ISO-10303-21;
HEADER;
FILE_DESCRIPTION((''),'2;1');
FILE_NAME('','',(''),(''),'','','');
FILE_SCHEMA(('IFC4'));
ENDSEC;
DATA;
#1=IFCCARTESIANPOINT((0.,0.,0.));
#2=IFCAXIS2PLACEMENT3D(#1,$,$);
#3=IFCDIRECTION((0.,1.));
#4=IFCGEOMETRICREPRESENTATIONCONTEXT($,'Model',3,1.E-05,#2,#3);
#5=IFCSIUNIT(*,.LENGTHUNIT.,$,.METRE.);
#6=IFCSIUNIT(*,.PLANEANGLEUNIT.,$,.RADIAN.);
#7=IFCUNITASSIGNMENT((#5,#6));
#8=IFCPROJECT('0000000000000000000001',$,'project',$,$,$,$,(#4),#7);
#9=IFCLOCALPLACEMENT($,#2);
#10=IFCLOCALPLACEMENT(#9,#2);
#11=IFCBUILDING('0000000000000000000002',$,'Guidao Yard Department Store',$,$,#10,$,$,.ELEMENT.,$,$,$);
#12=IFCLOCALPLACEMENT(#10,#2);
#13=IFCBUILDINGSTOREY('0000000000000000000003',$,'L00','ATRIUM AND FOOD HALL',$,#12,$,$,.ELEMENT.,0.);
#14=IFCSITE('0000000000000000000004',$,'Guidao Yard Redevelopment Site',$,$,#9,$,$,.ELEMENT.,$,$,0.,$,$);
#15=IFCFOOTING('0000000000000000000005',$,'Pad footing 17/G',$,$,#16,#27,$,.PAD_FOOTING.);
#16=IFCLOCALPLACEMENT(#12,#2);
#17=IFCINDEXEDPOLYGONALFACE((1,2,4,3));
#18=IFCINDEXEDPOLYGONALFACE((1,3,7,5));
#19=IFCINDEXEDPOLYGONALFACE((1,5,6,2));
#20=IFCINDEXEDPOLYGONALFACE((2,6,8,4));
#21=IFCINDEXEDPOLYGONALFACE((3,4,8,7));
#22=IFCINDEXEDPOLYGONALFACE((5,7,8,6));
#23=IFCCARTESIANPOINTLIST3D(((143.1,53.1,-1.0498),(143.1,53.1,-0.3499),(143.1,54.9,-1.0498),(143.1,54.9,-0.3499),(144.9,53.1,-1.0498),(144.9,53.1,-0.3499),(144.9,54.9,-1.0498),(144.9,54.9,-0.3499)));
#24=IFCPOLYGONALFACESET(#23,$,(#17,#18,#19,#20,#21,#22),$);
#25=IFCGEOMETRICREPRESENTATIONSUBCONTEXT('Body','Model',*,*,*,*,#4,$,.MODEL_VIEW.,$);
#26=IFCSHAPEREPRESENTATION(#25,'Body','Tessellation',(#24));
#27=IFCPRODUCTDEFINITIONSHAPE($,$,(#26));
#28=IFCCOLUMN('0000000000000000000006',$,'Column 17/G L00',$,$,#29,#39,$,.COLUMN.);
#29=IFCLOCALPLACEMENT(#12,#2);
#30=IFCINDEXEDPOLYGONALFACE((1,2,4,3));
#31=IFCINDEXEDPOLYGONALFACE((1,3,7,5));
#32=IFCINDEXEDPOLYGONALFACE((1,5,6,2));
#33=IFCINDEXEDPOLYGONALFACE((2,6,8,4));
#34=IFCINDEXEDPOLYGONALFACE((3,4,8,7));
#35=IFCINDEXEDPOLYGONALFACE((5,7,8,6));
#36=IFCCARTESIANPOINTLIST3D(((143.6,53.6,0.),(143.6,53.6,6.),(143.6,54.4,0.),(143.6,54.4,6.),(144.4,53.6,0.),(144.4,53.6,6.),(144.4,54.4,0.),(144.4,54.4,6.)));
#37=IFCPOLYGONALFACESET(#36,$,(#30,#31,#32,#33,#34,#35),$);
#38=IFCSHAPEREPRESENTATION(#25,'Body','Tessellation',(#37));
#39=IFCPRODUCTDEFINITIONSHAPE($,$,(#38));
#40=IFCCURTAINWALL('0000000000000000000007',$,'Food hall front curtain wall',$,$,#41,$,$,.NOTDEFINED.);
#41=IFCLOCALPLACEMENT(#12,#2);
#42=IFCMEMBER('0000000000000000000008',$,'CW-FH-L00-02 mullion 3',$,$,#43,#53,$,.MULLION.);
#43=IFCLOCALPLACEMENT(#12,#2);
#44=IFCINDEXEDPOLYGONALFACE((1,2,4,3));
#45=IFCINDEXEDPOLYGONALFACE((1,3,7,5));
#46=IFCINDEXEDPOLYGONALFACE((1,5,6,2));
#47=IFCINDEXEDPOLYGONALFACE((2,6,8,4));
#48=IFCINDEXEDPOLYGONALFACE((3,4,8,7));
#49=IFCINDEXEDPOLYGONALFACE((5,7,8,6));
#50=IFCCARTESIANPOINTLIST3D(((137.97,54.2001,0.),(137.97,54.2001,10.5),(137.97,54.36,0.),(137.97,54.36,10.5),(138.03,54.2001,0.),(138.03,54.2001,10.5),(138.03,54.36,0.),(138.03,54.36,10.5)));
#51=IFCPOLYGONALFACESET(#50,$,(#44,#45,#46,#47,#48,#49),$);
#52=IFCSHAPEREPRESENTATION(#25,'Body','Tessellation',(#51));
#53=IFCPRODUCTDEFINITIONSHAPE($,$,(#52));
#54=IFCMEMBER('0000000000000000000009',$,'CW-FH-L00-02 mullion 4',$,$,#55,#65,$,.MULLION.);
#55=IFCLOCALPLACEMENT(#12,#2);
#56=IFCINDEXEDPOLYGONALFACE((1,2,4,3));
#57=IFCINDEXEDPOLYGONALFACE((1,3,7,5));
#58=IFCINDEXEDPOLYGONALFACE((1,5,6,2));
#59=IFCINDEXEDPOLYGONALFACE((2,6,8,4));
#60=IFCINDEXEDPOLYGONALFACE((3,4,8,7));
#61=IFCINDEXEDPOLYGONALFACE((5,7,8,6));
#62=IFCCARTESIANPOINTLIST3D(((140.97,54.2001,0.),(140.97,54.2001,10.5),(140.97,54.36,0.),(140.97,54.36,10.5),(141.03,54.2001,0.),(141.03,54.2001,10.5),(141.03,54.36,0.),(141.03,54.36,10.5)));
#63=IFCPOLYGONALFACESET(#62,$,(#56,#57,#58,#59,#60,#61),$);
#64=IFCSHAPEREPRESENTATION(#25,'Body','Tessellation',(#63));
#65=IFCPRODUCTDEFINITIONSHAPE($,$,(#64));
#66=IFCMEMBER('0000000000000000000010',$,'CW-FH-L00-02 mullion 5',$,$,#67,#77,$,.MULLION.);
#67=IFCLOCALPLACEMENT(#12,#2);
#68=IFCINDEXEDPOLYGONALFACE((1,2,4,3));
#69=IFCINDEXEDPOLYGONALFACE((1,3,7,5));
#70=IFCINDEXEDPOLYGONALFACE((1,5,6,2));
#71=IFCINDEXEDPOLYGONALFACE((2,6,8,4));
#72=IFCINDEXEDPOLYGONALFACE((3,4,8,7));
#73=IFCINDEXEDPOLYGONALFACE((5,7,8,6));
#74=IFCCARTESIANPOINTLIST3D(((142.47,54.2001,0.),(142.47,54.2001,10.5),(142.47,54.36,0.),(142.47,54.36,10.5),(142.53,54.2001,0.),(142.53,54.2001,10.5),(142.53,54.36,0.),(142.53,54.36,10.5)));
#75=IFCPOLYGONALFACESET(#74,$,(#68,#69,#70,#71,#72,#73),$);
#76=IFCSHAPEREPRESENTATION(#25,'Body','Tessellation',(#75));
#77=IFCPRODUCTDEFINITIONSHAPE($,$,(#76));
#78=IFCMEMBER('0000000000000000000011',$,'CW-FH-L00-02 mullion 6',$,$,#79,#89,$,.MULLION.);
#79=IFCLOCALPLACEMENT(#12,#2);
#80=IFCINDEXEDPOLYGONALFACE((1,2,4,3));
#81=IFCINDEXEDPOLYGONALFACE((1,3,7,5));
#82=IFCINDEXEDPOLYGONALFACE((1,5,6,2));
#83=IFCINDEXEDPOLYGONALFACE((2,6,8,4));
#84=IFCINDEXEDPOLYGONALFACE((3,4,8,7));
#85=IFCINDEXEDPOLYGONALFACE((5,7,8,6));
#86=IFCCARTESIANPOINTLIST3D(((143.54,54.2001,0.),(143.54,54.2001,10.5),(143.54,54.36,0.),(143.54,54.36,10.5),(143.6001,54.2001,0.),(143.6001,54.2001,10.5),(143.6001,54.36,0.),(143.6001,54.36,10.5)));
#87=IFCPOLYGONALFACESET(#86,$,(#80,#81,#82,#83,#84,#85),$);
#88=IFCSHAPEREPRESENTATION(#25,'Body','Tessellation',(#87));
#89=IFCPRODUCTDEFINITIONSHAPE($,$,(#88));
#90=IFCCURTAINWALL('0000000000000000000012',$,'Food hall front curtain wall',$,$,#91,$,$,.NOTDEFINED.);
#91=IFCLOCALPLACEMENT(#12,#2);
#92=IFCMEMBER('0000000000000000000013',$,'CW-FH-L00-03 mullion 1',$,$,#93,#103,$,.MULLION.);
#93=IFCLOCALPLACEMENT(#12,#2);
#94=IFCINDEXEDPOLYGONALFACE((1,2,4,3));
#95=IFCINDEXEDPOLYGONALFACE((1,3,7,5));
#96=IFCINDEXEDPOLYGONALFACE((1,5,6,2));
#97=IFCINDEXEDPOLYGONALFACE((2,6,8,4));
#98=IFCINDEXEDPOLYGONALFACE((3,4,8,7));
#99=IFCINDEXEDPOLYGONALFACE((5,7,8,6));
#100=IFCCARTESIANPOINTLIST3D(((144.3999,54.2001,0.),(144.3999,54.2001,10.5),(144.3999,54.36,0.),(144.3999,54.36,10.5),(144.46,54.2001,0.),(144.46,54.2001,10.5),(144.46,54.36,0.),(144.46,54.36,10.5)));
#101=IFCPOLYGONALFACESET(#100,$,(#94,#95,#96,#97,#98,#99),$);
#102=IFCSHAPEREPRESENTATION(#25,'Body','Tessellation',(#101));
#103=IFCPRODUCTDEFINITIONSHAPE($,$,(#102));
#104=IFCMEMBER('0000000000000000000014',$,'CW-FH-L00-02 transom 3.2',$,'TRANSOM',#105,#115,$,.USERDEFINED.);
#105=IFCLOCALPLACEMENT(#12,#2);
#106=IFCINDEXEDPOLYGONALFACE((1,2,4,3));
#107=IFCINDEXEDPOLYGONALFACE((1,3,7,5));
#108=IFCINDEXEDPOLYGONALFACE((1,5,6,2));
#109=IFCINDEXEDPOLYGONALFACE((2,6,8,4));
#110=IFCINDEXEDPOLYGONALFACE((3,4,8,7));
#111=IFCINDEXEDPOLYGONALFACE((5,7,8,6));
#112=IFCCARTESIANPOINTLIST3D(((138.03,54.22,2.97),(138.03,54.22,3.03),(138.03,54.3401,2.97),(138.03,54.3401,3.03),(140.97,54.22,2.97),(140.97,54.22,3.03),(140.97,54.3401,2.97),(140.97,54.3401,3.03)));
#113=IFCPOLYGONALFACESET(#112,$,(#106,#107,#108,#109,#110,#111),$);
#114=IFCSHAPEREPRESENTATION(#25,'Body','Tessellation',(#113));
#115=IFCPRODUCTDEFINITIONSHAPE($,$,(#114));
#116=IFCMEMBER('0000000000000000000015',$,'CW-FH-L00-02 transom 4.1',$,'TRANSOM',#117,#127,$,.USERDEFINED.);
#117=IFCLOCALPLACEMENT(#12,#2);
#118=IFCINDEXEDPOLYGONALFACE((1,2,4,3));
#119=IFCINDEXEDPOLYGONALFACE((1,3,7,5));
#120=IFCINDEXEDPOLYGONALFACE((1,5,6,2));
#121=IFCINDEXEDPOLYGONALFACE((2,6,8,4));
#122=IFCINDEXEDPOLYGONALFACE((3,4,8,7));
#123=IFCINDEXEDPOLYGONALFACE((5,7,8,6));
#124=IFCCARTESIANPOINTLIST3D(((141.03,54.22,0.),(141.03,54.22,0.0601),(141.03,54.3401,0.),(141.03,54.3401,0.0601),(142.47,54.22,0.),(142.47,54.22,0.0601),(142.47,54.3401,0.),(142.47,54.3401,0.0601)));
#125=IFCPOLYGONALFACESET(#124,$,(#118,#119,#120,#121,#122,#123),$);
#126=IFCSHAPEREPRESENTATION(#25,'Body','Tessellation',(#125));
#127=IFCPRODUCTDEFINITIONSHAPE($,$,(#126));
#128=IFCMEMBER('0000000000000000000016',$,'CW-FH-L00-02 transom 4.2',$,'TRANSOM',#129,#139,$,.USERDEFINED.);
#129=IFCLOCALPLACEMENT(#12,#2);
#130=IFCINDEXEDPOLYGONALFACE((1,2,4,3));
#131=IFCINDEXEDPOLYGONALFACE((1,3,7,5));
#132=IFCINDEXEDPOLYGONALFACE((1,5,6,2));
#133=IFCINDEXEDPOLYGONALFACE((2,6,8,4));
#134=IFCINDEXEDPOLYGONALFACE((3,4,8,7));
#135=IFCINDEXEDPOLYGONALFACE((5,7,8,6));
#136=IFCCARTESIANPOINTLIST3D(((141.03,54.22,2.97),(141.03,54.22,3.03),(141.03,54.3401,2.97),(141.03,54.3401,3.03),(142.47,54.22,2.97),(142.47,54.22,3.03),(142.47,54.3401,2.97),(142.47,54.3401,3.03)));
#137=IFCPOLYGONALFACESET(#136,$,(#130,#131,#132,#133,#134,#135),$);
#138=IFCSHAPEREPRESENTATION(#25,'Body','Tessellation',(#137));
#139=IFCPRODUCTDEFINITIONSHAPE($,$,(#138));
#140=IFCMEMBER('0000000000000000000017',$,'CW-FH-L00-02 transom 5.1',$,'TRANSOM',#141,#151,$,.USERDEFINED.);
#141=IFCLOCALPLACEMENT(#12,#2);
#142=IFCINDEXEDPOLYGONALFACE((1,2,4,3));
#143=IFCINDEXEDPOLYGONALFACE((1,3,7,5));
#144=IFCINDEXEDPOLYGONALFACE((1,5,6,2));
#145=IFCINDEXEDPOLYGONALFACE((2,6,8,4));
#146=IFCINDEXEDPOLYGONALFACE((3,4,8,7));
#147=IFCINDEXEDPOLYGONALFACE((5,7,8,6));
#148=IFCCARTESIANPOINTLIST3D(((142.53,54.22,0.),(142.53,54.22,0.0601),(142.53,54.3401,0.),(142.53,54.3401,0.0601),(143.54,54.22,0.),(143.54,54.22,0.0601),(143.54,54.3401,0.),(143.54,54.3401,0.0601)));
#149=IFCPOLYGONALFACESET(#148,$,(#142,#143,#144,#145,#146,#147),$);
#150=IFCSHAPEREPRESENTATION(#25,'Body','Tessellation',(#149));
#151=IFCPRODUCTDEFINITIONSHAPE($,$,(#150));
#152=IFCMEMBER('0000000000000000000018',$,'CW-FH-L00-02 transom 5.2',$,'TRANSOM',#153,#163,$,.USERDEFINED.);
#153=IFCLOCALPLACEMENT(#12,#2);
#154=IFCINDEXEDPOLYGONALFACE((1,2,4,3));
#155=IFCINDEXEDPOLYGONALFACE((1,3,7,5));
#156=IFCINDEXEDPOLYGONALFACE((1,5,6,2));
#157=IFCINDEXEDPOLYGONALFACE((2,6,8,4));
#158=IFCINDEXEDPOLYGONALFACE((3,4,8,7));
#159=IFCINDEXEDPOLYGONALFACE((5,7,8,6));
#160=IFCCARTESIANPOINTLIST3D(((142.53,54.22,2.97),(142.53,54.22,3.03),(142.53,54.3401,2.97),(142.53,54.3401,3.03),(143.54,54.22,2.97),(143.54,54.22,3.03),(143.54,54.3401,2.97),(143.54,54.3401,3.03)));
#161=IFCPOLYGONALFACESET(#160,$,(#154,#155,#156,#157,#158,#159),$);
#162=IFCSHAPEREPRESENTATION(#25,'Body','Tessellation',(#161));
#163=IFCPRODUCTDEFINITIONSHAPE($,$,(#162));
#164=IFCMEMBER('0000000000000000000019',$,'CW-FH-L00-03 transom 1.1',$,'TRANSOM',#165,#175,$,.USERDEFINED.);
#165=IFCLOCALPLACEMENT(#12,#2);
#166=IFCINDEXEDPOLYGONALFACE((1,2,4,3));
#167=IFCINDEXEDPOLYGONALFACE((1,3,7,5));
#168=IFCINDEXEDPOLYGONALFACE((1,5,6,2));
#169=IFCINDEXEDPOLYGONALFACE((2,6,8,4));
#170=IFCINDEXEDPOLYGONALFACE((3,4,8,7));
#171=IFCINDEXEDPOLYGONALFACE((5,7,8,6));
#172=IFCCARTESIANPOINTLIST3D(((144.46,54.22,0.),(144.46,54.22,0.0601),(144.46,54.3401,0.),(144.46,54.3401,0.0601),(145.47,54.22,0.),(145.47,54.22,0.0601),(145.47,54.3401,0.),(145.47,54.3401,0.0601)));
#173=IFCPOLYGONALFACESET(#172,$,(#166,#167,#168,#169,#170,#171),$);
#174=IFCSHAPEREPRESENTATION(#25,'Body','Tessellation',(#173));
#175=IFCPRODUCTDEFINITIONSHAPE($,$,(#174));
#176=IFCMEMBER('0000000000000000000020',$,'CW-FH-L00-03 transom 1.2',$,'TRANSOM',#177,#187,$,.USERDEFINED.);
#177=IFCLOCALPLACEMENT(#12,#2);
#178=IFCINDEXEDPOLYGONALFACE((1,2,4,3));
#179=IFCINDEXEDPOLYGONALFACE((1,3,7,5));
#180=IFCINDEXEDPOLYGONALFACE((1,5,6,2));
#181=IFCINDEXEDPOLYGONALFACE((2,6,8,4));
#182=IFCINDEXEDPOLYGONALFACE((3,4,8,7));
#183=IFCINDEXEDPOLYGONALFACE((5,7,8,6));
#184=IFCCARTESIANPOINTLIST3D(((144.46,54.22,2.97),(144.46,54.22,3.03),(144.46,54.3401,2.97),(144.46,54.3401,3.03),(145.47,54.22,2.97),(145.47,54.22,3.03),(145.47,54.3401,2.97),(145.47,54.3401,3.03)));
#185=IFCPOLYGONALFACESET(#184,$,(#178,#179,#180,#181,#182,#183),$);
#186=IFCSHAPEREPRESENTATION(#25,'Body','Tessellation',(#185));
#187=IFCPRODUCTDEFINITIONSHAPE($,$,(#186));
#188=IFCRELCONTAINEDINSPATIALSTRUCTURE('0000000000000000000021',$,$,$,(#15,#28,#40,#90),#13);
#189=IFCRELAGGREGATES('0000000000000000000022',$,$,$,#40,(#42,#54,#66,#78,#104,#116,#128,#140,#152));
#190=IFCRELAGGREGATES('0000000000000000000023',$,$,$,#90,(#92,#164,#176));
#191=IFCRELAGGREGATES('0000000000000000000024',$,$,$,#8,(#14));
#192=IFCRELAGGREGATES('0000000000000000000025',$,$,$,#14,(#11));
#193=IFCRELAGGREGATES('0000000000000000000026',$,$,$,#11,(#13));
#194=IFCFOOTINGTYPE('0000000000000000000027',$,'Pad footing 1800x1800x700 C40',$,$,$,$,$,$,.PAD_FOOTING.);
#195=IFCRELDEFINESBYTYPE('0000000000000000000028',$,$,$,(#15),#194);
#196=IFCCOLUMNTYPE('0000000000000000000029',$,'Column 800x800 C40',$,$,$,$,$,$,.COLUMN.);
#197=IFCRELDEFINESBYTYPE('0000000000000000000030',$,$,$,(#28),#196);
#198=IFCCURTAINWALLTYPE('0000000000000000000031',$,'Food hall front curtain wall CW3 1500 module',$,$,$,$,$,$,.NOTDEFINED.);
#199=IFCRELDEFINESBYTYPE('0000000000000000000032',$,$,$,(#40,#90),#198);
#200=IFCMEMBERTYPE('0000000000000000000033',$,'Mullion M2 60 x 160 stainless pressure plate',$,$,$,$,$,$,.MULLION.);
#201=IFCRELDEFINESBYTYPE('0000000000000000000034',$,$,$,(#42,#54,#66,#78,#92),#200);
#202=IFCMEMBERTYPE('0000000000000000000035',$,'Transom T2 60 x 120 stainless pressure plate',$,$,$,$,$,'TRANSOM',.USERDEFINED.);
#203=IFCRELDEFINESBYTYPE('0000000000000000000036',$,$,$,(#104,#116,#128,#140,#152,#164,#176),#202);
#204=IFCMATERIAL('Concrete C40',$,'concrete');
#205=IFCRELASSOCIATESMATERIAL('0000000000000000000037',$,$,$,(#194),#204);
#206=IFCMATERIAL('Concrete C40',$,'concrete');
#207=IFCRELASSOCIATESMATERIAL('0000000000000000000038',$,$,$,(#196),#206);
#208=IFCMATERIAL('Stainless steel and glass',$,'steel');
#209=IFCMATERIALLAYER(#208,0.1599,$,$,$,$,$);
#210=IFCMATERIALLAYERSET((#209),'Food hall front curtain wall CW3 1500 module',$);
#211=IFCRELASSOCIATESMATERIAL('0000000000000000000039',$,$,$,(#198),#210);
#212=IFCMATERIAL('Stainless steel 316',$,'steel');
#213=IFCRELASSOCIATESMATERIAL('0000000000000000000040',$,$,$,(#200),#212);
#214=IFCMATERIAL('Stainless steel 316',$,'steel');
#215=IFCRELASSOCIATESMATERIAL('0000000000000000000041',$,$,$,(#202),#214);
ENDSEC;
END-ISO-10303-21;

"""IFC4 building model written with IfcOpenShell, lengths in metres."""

from ifc_helpers import new_model, si_unit, direction, frame, origin, origin_2d, place, context, subcontext, project, spatial, rectangle, extrude, material, layer, layer_set, material_profile, profile_set, type_object, element, aggregate, save


model = new_model("IFC4")

# Units and contexts
model_context = context("Model", 3, precision=1e-05, world=origin(), true_north=direction((0.0, 1.0)))
body_context = subcontext(model_context, "Body", "Model", "MODEL_VIEW")
ifc_project = project(units=[si_unit("LENGTHUNIT", "METRE"), si_unit("PLANEANGLEUNIT", "RADIAN")], contexts=[model_context])

# Site, building, storey
site_placement = place(None, origin())
site = spatial("IfcSite", under=ifc_project, at=site_placement, Name="Guidao Yard Redevelopment Site", CompositionType="ELEMENT", RefElevation=0.0)
building_placement = place(site_placement, origin())
building = spatial("IfcBuilding", under=site, at=building_placement, Name="Guidao Yard Department Store", CompositionType="ELEMENT")
storey_placement = place(building_placement, origin())
storey = spatial("IfcBuildingStorey", under=building, at=storey_placement, Name="L00", Description="ATRIUM AND FOOD HALL", CompositionType="ELEMENT", Elevation=0.0)

# Footing
ifc_material_1 = material(Name="Concrete C40", Category="concrete")
footing_type = type_object("IfcFootingType", Name="Pad footing 1800x1800x700 C40", PredefinedType="PAD_FOOTING", material=ifc_material_1)
footing_placement = place(storey_placement, frame((144.0, 54.0, -1.0498), z_axis=(0.0, 0.0, 1.0), x_axis=(1.0, 0.0, 0.0)))
element("IfcFooting", 1, at=footing_placement, inside=storey, type_object=footing_type, Name="Pad footing 17/G", PredefinedType="PAD_FOOTING", context=body_context, shape_type="SweptSolid", body=[
    extrude(rectangle(XDim=1.8, YDim=1.8, at=origin_2d()), origin(), (0.0, 0.0, 1.0), 0.7),
])

# Column
ifc_material_2 = material(Name="Concrete C40", Category="concrete")
ifc_material_profile_1 = material_profile(ifc_material_2, rectangle(XDim=0.8, YDim=0.8, at=origin_2d()), Name="COL 800x800")
ifc_profile_set_1 = profile_set([ifc_material_profile_1], Name="Concrete C40")
column_type = type_object("IfcColumnType", Name="Column 800x800 C40", PredefinedType="COLUMN", material=ifc_profile_set_1)
column_placement = place(storey_placement, frame((144.0, 54.0, 0.0), z_axis=(0.0, 0.0, 1.0), x_axis=(1.0, 0.0, 0.0)))
element("IfcColumn", 2, at=column_placement, inside=storey, type_object=column_type, Name="Column 17/G L00", PredefinedType="COLUMN", context=body_context, shape_type="SweptSolid", body=[
    extrude(rectangle(XDim=0.8, YDim=0.8, at=origin_2d()), origin(), (0.0, 0.0, 1.0), 6.0),
])

# Curtain wall, members
ifc_material_3 = material(Name="Stainless steel and glass", Category="steel")
ifc_layer_1 = layer(ifc_material_3, 0.1599)
ifc_layer_set_1 = layer_set([ifc_layer_1], Name="Food hall front curtain wall CW3 1500 module")
curtain_wall_type = type_object("IfcCurtainWallType", Name="Food hall front curtain wall CW3 1500 module", PredefinedType="NOTDEFINED", material=ifc_layer_set_1)
curtain_wall_1_placement = place(storey_placement, origin())
curtain_wall_1 = element("IfcCurtainWall", 3, at=curtain_wall_1_placement, inside=storey, type_object=curtain_wall_type, Name="Food hall front curtain wall", PredefinedType="NOTDEFINED")
ifc_material_4 = material(Name="Stainless steel 316", Category="steel")
ifc_material_profile_2 = material_profile(ifc_material_4, rectangle(XDim=0.0601, YDim=0.1599, at=origin_2d()), Name="Mullion M2 60 x 160 stainless pressure plate")
ifc_profile_set_2 = profile_set([ifc_material_profile_2], Name="Stainless steel 316")
member_type_1 = type_object("IfcMemberType", Name="Mullion M2 60 x 160 stainless pressure plate", PredefinedType="MULLION", material=ifc_profile_set_2)
member_1_placement = place(storey_placement, frame((138.0, 54.28, 0.0), z_axis=(0.0, 0.0, 1.0), x_axis=(-1.0, 0.0, 0.0)))
member_1 = element("IfcMember", 4, at=member_1_placement, type_object=member_type_1, Name="CW-FH-L00-02 mullion 3", PredefinedType="MULLION", context=body_context, shape_type="SweptSolid", body=[
    extrude(rectangle(XDim=0.0601, YDim=0.1599, at=origin_2d()), origin(), (0.0, 0.0, 1.0), 10.5),
])
member_2_placement = place(storey_placement, frame((141.0, 54.28, 0.0), z_axis=(0.0, 0.0, 1.0), x_axis=(-1.0, 0.0, 0.0)))
member_2 = element("IfcMember", 5, at=member_2_placement, type_object=member_type_1, Name="CW-FH-L00-02 mullion 4", PredefinedType="MULLION", context=body_context, shape_type="SweptSolid", body=[
    extrude(rectangle(XDim=0.0601, YDim=0.1599, at=origin_2d()), origin(), (0.0, 0.0, 1.0), 10.5),
])
member_3_placement = place(storey_placement, frame((142.5, 54.28, 0.0), z_axis=(0.0, 0.0, 1.0), x_axis=(-1.0, 0.0, 0.0)))
member_3 = element("IfcMember", 6, at=member_3_placement, type_object=member_type_1, Name="CW-FH-L00-02 mullion 5", PredefinedType="MULLION", context=body_context, shape_type="SweptSolid", body=[
    extrude(rectangle(XDim=0.0601, YDim=0.1599, at=origin_2d()), origin(), (0.0, 0.0, 1.0), 10.5),
])
member_4_placement = place(storey_placement, frame((143.5701, 54.28, 0.0), z_axis=(0.0, 0.0, 1.0), x_axis=(-1.0, 0.0, 0.0)))
member_4 = element("IfcMember", 7, at=member_4_placement, type_object=member_type_1, Name="CW-FH-L00-02 mullion 6", PredefinedType="MULLION", context=body_context, shape_type="SweptSolid", body=[
    extrude(rectangle(XDim=0.0601, YDim=0.1599, at=origin_2d()), origin(), (0.0, 0.0, 1.0), 10.5),
])

# Curtain wall, member
curtain_wall_2_placement = place(storey_placement, origin())
curtain_wall_2 = element("IfcCurtainWall", 8, at=curtain_wall_2_placement, inside=storey, type_object=curtain_wall_type, Name="Food hall front curtain wall", PredefinedType="NOTDEFINED")
member_5_placement = place(storey_placement, frame((144.4299, 54.28, 0.0), z_axis=(0.0, 0.0, 1.0), x_axis=(-1.0, 0.0, 0.0)))
member_5 = element("IfcMember", 9, at=member_5_placement, type_object=member_type_1, Name="CW-FH-L00-03 mullion 1", PredefinedType="MULLION", context=body_context, shape_type="SweptSolid", body=[
    extrude(rectangle(XDim=0.0601, YDim=0.1599, at=origin_2d()), origin(), (0.0, 0.0, 1.0), 10.5),
])

# Members
ifc_material_5 = material(Name="Stainless steel 316", Category="steel")
ifc_material_profile_3 = material_profile(ifc_material_5, rectangle(XDim=0.1201, YDim=0.0601, at=origin_2d()), Name="Transom T2 60 x 120 stainless pressure plate")
ifc_profile_set_3 = profile_set([ifc_material_profile_3], Name="Stainless steel 316")
member_type_2 = type_object("IfcMemberType", Name="Transom T2 60 x 120 stainless pressure plate", ElementType="TRANSOM", PredefinedType="USERDEFINED", material=ifc_profile_set_3)
member_6_placement = place(storey_placement, frame((140.97, 54.28, 3.0), z_axis=(-1.0, 0.0, 0.0), x_axis=(0.0, -1.0, 0.0)))
member_6 = element("IfcMember", 10, at=member_6_placement, type_object=member_type_2, Name="CW-FH-L00-02 transom 3.2", ObjectType="TRANSOM", PredefinedType="USERDEFINED", context=body_context, shape_type="SweptSolid", body=[
    extrude(rectangle(XDim=0.1201, YDim=0.0601, at=origin_2d()), origin(), (0.0, 0.0, 1.0), 2.9399),
])
member_7_placement = place(storey_placement, frame((142.47, 54.28, 0.03), z_axis=(-1.0, 0.0, 0.0), x_axis=(0.0, -1.0, 0.0)))
member_7 = element("IfcMember", 11, at=member_7_placement, type_object=member_type_2, Name="CW-FH-L00-02 transom 4.1", ObjectType="TRANSOM", PredefinedType="USERDEFINED", context=body_context, shape_type="SweptSolid", body=[
    extrude(rectangle(XDim=0.1201, YDim=0.0601, at=origin_2d()), origin(), (0.0, 0.0, 1.0), 1.4399),
])
member_8_placement = place(storey_placement, frame((142.47, 54.28, 3.0), z_axis=(-1.0, 0.0, 0.0), x_axis=(0.0, -1.0, 0.0)))
member_8 = element("IfcMember", 12, at=member_8_placement, type_object=member_type_2, Name="CW-FH-L00-02 transom 4.2", ObjectType="TRANSOM", PredefinedType="USERDEFINED", context=body_context, shape_type="SweptSolid", body=[
    extrude(rectangle(XDim=0.1201, YDim=0.0601, at=origin_2d()), origin(), (0.0, 0.0, 1.0), 1.4399),
])
member_9_placement = place(storey_placement, frame((143.54, 54.28, 0.03), z_axis=(-1.0, 0.0, 0.0), x_axis=(0.0, -1.0, 0.0)))
member_9 = element("IfcMember", 13, at=member_9_placement, type_object=member_type_2, Name="CW-FH-L00-02 transom 5.1", ObjectType="TRANSOM", PredefinedType="USERDEFINED", context=body_context, shape_type="SweptSolid", body=[
    extrude(rectangle(XDim=0.1201, YDim=0.0601, at=origin_2d()), origin(), (0.0, 0.0, 1.0), 1.01),
])
member_10_placement = place(storey_placement, frame((143.54, 54.28, 3.0), z_axis=(-1.0, 0.0, 0.0), x_axis=(0.0, -1.0, 0.0)))
member_10 = element("IfcMember", 14, at=member_10_placement, type_object=member_type_2, Name="CW-FH-L00-02 transom 5.2", ObjectType="TRANSOM", PredefinedType="USERDEFINED", context=body_context, shape_type="SweptSolid", body=[
    extrude(rectangle(XDim=0.1201, YDim=0.0601, at=origin_2d()), origin(), (0.0, 0.0, 1.0), 1.01),
])
member_11_placement = place(storey_placement, frame((145.47, 54.28, 0.03), z_axis=(-1.0, 0.0, 0.0), x_axis=(0.0, -1.0, 0.0)))
member_11 = element("IfcMember", 15, at=member_11_placement, type_object=member_type_2, Name="CW-FH-L00-03 transom 1.1", ObjectType="TRANSOM", PredefinedType="USERDEFINED", context=body_context, shape_type="SweptSolid", body=[
    extrude(rectangle(XDim=0.1201, YDim=0.0601, at=origin_2d()), origin(), (0.0, 0.0, 1.0), 1.01),
])
member_12_placement = place(storey_placement, frame((145.47, 54.28, 3.0), z_axis=(-1.0, 0.0, 0.0), x_axis=(0.0, -1.0, 0.0)))
member_12 = element("IfcMember", 16, at=member_12_placement, type_object=member_type_2, Name="CW-FH-L00-03 transom 1.2", ObjectType="TRANSOM", PredefinedType="USERDEFINED", context=body_context, shape_type="SweptSolid", body=[
    extrude(rectangle(XDim=0.1201, YDim=0.0601, at=origin_2d()), origin(), (0.0, 0.0, 1.0), 1.01),
])

aggregate(curtain_wall_1, [member_1, member_2, member_3, member_4, member_6, member_7, member_8, member_9, member_10])
aggregate(curtain_wall_2, [member_5, member_11, member_12])

save(model, "model.ifc")
